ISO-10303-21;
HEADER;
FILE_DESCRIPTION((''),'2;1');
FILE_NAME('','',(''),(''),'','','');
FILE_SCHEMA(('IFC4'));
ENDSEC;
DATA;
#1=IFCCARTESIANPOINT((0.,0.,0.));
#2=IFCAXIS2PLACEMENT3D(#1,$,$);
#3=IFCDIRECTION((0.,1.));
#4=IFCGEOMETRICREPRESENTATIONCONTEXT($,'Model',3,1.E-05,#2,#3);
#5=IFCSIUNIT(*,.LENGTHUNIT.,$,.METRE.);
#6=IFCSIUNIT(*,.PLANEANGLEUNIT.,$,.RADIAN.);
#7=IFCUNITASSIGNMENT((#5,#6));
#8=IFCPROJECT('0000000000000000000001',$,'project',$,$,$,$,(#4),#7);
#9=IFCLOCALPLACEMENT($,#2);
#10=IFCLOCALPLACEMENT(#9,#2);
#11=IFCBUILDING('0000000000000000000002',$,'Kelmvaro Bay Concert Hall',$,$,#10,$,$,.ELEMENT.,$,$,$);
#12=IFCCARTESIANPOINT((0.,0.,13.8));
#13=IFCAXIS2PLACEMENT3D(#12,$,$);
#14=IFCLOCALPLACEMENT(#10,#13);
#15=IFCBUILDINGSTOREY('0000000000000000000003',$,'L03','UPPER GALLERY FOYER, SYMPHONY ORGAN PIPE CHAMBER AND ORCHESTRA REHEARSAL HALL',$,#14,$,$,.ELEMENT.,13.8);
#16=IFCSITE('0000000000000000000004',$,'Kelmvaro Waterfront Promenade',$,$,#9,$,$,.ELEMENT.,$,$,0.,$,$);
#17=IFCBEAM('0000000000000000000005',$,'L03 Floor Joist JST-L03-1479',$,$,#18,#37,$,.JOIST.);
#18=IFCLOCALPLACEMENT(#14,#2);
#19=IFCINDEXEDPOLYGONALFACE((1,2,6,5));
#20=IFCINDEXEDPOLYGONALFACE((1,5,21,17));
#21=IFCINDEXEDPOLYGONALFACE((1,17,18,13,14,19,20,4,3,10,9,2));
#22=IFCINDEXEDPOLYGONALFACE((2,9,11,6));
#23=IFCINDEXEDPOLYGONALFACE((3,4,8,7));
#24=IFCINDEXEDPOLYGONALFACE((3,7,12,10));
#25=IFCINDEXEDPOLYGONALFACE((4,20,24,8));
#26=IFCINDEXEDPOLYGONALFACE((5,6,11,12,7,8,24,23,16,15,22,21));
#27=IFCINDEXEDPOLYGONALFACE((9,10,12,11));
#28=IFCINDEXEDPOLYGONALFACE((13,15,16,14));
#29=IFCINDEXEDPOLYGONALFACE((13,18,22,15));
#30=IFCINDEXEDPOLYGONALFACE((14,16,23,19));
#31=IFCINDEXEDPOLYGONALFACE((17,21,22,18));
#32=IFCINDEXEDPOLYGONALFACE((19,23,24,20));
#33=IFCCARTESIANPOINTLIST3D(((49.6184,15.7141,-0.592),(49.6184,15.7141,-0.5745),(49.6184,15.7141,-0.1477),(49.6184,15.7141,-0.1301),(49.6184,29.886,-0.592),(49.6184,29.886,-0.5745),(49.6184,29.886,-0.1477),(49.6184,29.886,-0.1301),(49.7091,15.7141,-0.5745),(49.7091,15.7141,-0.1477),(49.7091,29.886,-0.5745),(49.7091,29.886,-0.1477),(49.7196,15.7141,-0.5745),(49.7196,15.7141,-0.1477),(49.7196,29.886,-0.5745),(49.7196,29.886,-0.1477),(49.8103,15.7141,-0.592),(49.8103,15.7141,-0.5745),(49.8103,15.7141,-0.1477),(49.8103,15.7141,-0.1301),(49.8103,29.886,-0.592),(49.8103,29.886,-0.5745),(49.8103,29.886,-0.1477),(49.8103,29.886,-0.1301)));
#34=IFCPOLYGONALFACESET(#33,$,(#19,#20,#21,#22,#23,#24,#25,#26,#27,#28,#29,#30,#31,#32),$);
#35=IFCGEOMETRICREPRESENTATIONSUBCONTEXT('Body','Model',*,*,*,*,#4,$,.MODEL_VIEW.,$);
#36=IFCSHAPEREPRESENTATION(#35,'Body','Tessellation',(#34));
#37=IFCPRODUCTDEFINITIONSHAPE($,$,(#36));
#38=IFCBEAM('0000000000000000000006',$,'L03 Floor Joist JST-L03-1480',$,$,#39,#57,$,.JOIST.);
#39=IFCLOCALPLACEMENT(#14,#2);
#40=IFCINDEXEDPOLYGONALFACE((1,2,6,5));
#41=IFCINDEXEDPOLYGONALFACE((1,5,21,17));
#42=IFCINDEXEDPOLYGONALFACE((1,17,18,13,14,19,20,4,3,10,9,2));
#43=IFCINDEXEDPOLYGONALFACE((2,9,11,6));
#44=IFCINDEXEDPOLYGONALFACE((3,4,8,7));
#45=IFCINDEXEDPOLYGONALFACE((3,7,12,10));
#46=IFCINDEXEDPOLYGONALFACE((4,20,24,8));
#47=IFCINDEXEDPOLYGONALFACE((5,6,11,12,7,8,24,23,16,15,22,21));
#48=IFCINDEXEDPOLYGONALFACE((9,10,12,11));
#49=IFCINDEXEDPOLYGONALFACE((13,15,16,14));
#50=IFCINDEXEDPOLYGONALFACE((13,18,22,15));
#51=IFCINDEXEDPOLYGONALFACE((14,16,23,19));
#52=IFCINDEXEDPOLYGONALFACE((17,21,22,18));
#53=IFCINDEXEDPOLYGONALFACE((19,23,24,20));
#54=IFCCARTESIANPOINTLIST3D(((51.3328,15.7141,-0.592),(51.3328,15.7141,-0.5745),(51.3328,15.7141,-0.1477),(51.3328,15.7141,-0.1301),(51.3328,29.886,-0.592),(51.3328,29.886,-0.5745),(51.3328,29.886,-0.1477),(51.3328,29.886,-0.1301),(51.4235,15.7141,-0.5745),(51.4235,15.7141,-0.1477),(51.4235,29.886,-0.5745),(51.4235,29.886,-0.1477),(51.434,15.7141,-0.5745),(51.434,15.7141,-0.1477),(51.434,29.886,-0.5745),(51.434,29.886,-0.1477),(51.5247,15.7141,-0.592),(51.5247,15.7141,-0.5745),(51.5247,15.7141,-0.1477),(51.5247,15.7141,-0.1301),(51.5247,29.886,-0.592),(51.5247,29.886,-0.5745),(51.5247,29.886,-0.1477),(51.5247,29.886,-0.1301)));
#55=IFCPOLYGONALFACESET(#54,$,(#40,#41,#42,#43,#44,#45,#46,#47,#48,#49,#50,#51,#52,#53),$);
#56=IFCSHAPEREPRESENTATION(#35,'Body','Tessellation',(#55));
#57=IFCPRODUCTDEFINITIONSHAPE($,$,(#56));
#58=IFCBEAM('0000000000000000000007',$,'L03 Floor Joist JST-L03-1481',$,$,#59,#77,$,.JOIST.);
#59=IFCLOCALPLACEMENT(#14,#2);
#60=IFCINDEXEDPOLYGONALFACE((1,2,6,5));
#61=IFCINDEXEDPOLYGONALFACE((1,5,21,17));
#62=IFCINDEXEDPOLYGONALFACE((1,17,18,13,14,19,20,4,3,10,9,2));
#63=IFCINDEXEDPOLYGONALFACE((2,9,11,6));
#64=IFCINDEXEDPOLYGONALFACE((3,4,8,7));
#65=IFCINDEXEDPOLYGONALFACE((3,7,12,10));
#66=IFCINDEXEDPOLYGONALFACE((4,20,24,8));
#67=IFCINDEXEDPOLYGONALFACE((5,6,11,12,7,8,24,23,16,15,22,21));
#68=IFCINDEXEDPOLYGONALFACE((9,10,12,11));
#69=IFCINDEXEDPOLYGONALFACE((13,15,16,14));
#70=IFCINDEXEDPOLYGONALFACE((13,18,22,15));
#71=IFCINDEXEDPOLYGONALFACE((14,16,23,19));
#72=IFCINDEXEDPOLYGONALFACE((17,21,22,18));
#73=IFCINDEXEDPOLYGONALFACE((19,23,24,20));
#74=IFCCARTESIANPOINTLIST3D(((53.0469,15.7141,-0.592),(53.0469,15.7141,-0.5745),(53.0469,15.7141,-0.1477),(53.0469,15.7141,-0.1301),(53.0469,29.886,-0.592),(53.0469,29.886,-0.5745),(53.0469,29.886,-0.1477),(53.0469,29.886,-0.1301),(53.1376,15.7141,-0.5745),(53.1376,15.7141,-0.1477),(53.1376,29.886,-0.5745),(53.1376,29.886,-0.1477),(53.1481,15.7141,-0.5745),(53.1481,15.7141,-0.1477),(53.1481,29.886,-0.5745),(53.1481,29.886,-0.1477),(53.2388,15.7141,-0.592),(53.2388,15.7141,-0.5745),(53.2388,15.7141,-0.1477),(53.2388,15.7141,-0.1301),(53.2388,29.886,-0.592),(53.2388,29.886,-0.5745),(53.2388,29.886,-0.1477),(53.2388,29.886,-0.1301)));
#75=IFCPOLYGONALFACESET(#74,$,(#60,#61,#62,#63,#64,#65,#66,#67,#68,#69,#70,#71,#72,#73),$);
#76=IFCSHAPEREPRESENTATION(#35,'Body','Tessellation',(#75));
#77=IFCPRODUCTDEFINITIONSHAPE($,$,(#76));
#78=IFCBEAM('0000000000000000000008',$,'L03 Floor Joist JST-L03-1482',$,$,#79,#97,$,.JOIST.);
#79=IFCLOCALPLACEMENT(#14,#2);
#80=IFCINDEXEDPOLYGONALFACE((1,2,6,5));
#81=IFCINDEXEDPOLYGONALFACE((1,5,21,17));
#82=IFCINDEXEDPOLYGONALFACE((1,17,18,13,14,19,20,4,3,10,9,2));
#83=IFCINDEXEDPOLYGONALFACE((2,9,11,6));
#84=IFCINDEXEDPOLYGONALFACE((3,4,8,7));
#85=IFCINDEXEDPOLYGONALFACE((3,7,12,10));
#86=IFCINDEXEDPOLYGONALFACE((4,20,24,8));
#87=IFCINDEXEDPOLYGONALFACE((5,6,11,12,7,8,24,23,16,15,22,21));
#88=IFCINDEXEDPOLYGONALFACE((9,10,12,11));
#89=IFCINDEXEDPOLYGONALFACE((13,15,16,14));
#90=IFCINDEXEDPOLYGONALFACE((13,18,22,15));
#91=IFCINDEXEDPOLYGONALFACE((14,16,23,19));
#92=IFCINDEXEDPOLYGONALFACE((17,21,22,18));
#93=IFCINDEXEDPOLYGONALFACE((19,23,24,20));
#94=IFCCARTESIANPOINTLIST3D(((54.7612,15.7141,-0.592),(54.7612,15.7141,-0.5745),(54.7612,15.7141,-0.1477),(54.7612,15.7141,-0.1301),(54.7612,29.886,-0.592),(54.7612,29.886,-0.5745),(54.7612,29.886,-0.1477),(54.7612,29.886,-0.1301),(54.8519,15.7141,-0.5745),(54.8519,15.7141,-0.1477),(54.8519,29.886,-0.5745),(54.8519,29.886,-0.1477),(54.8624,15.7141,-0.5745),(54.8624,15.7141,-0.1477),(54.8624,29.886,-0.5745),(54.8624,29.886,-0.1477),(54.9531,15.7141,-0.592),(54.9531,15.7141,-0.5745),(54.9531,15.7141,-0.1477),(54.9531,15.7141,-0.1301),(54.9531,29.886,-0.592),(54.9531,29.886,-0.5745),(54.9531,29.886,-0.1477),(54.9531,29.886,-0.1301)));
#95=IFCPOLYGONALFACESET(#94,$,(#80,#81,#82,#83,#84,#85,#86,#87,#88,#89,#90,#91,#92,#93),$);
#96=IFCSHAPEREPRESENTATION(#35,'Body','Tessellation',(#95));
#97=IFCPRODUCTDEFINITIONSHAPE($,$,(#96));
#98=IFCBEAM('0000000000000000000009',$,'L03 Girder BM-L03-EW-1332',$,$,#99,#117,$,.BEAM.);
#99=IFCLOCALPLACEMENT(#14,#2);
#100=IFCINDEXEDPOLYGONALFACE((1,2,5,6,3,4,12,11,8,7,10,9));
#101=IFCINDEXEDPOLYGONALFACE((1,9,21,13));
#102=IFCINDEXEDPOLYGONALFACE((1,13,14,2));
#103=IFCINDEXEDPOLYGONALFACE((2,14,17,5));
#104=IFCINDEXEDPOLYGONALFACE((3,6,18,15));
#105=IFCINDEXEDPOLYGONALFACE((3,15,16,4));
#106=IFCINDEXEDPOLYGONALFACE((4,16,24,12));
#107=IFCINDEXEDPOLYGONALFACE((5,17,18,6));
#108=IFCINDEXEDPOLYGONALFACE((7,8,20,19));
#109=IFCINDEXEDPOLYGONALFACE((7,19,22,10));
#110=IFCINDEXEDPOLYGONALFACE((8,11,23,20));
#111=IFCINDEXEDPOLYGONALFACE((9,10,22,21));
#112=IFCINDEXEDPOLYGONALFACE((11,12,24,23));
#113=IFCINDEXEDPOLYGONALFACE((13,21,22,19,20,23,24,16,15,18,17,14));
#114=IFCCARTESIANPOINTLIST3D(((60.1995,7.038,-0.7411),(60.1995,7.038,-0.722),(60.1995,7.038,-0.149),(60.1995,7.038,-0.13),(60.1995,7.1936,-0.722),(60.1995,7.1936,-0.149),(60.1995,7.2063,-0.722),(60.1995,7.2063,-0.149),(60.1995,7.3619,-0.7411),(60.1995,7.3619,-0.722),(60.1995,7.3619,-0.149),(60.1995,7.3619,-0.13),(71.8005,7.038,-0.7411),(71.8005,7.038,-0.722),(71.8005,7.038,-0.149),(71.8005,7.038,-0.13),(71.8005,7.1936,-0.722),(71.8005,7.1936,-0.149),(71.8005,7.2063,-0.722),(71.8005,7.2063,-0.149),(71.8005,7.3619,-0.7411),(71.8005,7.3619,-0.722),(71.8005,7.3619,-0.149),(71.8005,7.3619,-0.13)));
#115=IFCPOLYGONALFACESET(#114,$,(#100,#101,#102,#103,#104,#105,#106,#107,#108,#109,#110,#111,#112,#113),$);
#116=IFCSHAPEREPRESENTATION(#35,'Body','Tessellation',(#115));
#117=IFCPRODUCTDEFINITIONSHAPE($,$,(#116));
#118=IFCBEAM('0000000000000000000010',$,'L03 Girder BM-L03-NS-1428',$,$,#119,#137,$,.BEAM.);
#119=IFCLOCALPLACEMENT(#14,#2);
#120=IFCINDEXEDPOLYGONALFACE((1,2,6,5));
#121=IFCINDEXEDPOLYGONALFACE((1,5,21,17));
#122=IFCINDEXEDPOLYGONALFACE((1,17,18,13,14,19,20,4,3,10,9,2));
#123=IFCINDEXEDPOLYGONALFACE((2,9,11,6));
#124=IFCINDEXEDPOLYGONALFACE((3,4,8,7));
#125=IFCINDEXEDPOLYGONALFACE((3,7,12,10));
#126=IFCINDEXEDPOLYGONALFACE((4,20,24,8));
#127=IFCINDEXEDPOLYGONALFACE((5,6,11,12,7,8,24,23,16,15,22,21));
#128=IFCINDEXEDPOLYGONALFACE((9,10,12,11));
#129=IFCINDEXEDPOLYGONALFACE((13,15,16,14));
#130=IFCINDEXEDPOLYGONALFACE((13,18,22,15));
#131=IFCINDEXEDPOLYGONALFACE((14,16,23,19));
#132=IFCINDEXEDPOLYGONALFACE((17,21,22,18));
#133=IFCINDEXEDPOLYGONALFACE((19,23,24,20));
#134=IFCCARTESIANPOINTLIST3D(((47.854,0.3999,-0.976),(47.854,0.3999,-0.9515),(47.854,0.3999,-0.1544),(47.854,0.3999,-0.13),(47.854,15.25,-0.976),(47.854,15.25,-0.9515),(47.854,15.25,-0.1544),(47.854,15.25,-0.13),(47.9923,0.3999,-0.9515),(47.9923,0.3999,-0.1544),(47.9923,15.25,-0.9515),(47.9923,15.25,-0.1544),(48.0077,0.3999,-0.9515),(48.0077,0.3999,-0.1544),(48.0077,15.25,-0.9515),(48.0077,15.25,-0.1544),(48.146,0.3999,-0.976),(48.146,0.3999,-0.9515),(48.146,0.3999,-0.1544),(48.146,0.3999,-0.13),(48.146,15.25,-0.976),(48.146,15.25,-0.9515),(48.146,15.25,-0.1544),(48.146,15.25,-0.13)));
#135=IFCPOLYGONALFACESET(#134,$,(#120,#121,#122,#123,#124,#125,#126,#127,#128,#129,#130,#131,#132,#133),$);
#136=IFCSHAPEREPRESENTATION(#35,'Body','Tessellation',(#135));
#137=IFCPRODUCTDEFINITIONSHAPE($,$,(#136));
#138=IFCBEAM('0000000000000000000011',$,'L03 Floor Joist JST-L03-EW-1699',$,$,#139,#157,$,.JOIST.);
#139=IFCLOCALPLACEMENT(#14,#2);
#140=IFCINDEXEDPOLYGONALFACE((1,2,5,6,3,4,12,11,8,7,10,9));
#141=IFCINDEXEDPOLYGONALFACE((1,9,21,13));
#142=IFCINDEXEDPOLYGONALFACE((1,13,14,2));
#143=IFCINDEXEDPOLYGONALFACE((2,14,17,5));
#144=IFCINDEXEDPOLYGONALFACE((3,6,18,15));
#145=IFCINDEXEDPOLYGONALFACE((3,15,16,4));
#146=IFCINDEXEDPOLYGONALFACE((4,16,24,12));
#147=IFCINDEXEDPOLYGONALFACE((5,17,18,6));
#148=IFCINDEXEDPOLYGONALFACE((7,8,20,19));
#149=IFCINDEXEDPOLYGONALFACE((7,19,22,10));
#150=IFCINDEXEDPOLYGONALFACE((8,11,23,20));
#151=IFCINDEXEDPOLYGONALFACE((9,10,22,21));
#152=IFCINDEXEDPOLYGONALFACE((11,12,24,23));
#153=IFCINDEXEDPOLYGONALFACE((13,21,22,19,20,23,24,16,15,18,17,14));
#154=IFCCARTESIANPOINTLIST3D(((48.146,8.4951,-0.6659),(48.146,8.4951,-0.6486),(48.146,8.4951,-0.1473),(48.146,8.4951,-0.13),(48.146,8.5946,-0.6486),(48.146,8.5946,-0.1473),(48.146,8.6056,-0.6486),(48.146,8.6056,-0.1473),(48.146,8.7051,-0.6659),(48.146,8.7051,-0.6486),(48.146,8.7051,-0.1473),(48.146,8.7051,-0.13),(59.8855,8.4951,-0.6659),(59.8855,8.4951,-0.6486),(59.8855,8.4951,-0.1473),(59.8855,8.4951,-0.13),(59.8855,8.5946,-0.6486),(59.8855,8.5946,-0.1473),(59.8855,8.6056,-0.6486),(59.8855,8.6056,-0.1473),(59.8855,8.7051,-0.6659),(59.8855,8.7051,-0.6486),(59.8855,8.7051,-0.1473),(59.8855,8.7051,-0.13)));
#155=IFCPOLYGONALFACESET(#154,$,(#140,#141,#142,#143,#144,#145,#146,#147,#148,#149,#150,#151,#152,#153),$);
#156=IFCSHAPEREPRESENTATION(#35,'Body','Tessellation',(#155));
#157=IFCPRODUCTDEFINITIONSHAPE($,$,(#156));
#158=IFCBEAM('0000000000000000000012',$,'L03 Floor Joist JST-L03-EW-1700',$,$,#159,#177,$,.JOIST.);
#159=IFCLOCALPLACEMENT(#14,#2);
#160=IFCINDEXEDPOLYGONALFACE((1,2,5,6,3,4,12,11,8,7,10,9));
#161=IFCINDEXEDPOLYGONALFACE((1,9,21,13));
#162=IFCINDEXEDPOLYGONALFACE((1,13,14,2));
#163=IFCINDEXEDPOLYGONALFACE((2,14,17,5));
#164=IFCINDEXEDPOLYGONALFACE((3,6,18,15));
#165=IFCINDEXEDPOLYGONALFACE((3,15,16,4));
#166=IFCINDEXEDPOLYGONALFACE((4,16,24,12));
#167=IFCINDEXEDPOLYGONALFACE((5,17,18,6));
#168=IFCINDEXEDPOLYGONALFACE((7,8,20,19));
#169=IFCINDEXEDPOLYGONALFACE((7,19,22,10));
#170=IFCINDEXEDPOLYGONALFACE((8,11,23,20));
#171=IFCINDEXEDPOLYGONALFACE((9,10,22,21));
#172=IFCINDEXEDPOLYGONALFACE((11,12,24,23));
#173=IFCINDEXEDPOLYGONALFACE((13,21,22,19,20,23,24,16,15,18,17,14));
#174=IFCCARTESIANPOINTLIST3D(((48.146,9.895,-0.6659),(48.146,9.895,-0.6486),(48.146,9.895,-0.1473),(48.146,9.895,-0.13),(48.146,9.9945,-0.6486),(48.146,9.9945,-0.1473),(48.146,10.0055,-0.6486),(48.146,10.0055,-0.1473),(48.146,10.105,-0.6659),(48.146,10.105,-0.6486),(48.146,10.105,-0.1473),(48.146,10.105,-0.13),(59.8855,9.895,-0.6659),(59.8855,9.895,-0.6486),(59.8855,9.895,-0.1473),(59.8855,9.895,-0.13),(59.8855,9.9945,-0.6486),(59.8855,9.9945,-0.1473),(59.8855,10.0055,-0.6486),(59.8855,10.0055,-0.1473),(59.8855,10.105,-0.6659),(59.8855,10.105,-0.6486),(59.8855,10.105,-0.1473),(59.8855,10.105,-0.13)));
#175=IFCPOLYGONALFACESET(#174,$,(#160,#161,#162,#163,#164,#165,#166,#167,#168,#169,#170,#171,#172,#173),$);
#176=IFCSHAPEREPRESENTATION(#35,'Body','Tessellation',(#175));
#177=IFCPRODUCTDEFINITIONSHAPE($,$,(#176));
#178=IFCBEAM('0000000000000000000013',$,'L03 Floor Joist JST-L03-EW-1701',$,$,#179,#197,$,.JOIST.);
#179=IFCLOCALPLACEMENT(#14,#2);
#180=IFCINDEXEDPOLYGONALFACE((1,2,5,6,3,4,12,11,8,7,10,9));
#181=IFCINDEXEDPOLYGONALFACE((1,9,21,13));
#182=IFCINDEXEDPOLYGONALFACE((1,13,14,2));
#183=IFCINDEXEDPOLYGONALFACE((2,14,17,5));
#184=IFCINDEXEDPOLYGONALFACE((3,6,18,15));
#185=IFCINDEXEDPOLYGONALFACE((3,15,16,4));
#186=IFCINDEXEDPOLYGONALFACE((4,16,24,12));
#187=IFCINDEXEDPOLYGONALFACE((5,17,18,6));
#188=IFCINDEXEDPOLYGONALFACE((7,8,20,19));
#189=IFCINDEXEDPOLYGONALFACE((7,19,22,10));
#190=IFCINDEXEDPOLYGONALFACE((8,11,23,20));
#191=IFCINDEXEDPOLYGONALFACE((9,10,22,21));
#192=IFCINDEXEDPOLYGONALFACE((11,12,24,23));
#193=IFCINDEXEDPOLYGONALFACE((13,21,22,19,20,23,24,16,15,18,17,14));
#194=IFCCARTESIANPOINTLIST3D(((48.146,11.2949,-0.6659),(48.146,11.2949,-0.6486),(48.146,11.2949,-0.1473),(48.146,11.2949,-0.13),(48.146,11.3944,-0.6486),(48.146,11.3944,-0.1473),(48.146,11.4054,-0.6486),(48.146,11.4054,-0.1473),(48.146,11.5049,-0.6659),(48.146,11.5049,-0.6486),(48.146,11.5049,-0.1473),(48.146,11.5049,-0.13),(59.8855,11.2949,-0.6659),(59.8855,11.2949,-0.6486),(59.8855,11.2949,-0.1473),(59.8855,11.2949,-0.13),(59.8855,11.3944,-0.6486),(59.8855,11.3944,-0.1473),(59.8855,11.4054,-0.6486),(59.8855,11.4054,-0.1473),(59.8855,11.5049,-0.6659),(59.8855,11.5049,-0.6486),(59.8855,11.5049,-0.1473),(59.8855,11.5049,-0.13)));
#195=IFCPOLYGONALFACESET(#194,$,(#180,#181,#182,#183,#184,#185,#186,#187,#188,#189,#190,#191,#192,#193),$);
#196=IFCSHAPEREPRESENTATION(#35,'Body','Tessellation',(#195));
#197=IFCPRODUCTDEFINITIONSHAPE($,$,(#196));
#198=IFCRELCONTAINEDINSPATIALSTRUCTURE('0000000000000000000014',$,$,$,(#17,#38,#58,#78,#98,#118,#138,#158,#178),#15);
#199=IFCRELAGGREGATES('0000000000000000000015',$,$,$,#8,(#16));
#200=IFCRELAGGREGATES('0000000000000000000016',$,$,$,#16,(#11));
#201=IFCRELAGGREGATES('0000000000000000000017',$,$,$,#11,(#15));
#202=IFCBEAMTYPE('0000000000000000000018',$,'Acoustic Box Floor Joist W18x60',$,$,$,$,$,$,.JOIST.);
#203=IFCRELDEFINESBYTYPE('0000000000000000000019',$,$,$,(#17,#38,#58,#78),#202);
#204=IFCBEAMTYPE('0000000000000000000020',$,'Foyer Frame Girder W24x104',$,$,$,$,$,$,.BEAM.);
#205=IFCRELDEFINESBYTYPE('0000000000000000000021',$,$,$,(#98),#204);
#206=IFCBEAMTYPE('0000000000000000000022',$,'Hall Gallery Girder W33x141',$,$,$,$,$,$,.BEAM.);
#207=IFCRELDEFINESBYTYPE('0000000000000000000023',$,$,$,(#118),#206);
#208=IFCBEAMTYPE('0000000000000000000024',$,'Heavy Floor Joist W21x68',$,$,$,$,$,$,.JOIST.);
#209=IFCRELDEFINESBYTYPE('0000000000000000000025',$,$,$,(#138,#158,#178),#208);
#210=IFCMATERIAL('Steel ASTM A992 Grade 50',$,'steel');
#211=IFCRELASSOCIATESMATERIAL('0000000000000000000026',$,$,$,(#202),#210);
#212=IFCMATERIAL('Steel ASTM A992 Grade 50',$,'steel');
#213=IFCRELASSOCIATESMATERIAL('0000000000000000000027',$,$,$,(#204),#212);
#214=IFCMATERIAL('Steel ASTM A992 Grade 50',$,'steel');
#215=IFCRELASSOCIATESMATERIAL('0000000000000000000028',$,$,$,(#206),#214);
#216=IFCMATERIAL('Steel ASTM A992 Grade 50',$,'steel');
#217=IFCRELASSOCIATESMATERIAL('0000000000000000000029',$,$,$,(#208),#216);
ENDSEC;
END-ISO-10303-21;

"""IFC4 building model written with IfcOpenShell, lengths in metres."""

from ifc_helpers import new_model, si_unit, direction, frame, origin, origin_2d, place, context, subcontext, project, spatial, i_section, extrude, material, material_profile, profile_set, type_object, element, save


model = new_model("IFC4")

# Units and contexts
model_context = context("Model", 3, precision=1e-05, world=origin(), true_north=direction((0.0, 1.0)))
body_context = subcontext(model_context, "Body", "Model", "MODEL_VIEW")
ifc_project = project(units=[si_unit("LENGTHUNIT", "METRE"), si_unit("PLANEANGLEUNIT", "RADIAN")], contexts=[model_context])

# Site, building, storey
site_placement = place(None, origin())
site = spatial("IfcSite", under=ifc_project, at=site_placement, Name="Kelmvaro Waterfront Promenade", CompositionType="ELEMENT", RefElevation=0.0)
building_placement = place(site_placement, origin())
building = spatial("IfcBuilding", under=site, at=building_placement, Name="Kelmvaro Bay Concert Hall", CompositionType="ELEMENT")
storey_placement = place(building_placement, frame((0.0, 0.0, 13.8)))
storey = spatial("IfcBuildingStorey", under=building, at=storey_placement, Name="L03", Description="UPPER GALLERY FOYER, SYMPHONY ORGAN PIPE CHAMBER AND ORCHESTRA REHEARSAL HALL", CompositionType="ELEMENT", Elevation=13.8)

# Beams
ifc_material_1 = material(Name="Steel ASTM A992 Grade 50", Category="steel")
ifc_material_profile_1 = material_profile(ifc_material_1, i_section(OverallWidth=0.1919, OverallDepth=0.4619, WebThickness=0.0105, FlangeThickness=0.0176, at=origin_2d()), Name="W18X60")
ifc_profile_set_1 = profile_set([ifc_material_profile_1], Name="Steel ASTM A992 Grade 50")
beam_type_1 = type_object("IfcBeamType", Name="Acoustic Box Floor Joist W18x60", PredefinedType="JOIST", material=ifc_profile_set_1)
for number, where, z_axis, x_axis, name in (
    (1, (49.7144, 15.7141, -0.3611), (0.0, 1.0, 0.0), (-1.0, 0.0, 0.0), "L03 Floor Joist JST-L03-1479"),
    (2, (51.4287, 15.7141, -0.3611), (0.0, 1.0, 0.0), (-1.0, 0.0, 0.0), "L03 Floor Joist JST-L03-1480"),
    (3, (53.1428, 15.7141, -0.3611), (0.0, 1.0, 0.0), (-1.0, 0.0, 0.0), "L03 Floor Joist JST-L03-1481"),
    (4, (54.8572, 15.7141, -0.3611), (0.0, 1.0, 0.0), (-1.0, 0.0, 0.0), "L03 Floor Joist JST-L03-1482"),
):
    element("IfcBeam", number, at=place(storey_placement, frame(where, z_axis=z_axis, x_axis=x_axis)), inside=storey, type_object=beam_type_1, Name=name, PredefinedType="JOIST", context=body_context, shape_type="SweptSolid", body=[
        extrude(i_section(OverallWidth=0.1919, OverallDepth=0.4619, WebThickness=0.0105, FlangeThickness=0.0176, at=origin_2d()), origin(), (0.0, 0.0, 1.0), 14.1719),
    ])
ifc_material_2 = material(Name="Steel ASTM A992 Grade 50", Category="steel")
ifc_material_profile_2 = material_profile(ifc_material_2, i_section(OverallWidth=0.324, OverallDepth=0.6111, WebThickness=0.0127, FlangeThickness=0.019, at=origin_2d()), Name="W24X104")
ifc_profile_set_2 = profile_set([ifc_material_profile_2], Name="Steel ASTM A992 Grade 50")
beam_type_2 = type_object("IfcBeamType", Name="Foyer Frame Girder W24x104", PredefinedType="BEAM", material=ifc_profile_set_2)
beam_1_placement = place(storey_placement, frame((60.1995, 7.2, -0.4355), z_axis=(1.0, 0.0, 0.0), x_axis=(0.0, 1.0, 0.0)))
element("IfcBeam", 5, at=beam_1_placement, inside=storey, type_object=beam_type_2, Name="L03 Girder BM-L03-EW-1332", PredefinedType="BEAM", context=body_context, shape_type="SweptSolid", body=[
    extrude(i_section(OverallWidth=0.324, OverallDepth=0.6111, WebThickness=0.0127, FlangeThickness=0.019, at=origin_2d()), origin(), (0.0, 0.0, 1.0), 11.6011),
])
ifc_material_3 = material(Name="Steel ASTM A992 Grade 50", Category="steel")
ifc_material_profile_3 = material_profile(ifc_material_3, i_section(OverallWidth=0.292, OverallDepth=0.8459, WebThickness=0.0154, FlangeThickness=0.0244, at=origin_2d()), Name="W33X141")
ifc_profile_set_3 = profile_set([ifc_material_profile_3], Name="Steel ASTM A992 Grade 50")
beam_type_3 = type_object("IfcBeamType", Name="Hall Gallery Girder W33x141", PredefinedType="BEAM", material=ifc_profile_set_3)
beam_2_placement = place(storey_placement, frame((48.0, 0.3999, -0.553), z_axis=(0.0, 1.0, 0.0), x_axis=(-1.0, 0.0, 0.0)))
element("IfcBeam", 6, at=beam_2_placement, inside=storey, type_object=beam_type_3, Name="L03 Girder BM-L03-NS-1428", PredefinedType="BEAM", context=body_context, shape_type="SweptSolid", body=[
    extrude(i_section(OverallWidth=0.292, OverallDepth=0.8459, WebThickness=0.0154, FlangeThickness=0.0244, at=origin_2d()), origin(), (0.0, 0.0, 1.0), 14.8501),
])
ifc_material_4 = material(Name="Steel ASTM A992 Grade 50", Category="steel")
ifc_material_profile_4 = material_profile(ifc_material_4, i_section(OverallWidth=0.21, OverallDepth=0.5359, WebThickness=0.011, FlangeThickness=0.0173, at=origin_2d()), Name="W21X68")
ifc_profile_set_4 = profile_set([ifc_material_profile_4], Name="Steel ASTM A992 Grade 50")
beam_type_4 = type_object("IfcBeamType", Name="Heavy Floor Joist W21x68", PredefinedType="JOIST", material=ifc_profile_set_4)
for number, where, z_axis, x_axis, name in (
    (7, (48.146, 8.6001, -0.3979), (1.0, 0.0, 0.0), (0.0, 1.0, 0.0), "L03 Floor Joist JST-L03-EW-1699"),
    (8, (48.146, 10.0, -0.3979), (1.0, 0.0, 0.0), (0.0, 1.0, 0.0), "L03 Floor Joist JST-L03-EW-1700"),
    (9, (48.146, 11.3999, -0.3979), (1.0, 0.0, 0.0), (0.0, 1.0, 0.0), "L03 Floor Joist JST-L03-EW-1701"),
):
    element("IfcBeam", number, at=place(storey_placement, frame(where, z_axis=z_axis, x_axis=x_axis)), inside=storey, type_object=beam_type_4, Name=name, PredefinedType="JOIST", context=body_context, shape_type="SweptSolid", body=[
        extrude(i_section(OverallWidth=0.21, OverallDepth=0.5359, WebThickness=0.011, FlangeThickness=0.0173, at=origin_2d()), origin(), (0.0, 0.0, 1.0), 11.7395),
    ])

save(model, "model.ifc")
